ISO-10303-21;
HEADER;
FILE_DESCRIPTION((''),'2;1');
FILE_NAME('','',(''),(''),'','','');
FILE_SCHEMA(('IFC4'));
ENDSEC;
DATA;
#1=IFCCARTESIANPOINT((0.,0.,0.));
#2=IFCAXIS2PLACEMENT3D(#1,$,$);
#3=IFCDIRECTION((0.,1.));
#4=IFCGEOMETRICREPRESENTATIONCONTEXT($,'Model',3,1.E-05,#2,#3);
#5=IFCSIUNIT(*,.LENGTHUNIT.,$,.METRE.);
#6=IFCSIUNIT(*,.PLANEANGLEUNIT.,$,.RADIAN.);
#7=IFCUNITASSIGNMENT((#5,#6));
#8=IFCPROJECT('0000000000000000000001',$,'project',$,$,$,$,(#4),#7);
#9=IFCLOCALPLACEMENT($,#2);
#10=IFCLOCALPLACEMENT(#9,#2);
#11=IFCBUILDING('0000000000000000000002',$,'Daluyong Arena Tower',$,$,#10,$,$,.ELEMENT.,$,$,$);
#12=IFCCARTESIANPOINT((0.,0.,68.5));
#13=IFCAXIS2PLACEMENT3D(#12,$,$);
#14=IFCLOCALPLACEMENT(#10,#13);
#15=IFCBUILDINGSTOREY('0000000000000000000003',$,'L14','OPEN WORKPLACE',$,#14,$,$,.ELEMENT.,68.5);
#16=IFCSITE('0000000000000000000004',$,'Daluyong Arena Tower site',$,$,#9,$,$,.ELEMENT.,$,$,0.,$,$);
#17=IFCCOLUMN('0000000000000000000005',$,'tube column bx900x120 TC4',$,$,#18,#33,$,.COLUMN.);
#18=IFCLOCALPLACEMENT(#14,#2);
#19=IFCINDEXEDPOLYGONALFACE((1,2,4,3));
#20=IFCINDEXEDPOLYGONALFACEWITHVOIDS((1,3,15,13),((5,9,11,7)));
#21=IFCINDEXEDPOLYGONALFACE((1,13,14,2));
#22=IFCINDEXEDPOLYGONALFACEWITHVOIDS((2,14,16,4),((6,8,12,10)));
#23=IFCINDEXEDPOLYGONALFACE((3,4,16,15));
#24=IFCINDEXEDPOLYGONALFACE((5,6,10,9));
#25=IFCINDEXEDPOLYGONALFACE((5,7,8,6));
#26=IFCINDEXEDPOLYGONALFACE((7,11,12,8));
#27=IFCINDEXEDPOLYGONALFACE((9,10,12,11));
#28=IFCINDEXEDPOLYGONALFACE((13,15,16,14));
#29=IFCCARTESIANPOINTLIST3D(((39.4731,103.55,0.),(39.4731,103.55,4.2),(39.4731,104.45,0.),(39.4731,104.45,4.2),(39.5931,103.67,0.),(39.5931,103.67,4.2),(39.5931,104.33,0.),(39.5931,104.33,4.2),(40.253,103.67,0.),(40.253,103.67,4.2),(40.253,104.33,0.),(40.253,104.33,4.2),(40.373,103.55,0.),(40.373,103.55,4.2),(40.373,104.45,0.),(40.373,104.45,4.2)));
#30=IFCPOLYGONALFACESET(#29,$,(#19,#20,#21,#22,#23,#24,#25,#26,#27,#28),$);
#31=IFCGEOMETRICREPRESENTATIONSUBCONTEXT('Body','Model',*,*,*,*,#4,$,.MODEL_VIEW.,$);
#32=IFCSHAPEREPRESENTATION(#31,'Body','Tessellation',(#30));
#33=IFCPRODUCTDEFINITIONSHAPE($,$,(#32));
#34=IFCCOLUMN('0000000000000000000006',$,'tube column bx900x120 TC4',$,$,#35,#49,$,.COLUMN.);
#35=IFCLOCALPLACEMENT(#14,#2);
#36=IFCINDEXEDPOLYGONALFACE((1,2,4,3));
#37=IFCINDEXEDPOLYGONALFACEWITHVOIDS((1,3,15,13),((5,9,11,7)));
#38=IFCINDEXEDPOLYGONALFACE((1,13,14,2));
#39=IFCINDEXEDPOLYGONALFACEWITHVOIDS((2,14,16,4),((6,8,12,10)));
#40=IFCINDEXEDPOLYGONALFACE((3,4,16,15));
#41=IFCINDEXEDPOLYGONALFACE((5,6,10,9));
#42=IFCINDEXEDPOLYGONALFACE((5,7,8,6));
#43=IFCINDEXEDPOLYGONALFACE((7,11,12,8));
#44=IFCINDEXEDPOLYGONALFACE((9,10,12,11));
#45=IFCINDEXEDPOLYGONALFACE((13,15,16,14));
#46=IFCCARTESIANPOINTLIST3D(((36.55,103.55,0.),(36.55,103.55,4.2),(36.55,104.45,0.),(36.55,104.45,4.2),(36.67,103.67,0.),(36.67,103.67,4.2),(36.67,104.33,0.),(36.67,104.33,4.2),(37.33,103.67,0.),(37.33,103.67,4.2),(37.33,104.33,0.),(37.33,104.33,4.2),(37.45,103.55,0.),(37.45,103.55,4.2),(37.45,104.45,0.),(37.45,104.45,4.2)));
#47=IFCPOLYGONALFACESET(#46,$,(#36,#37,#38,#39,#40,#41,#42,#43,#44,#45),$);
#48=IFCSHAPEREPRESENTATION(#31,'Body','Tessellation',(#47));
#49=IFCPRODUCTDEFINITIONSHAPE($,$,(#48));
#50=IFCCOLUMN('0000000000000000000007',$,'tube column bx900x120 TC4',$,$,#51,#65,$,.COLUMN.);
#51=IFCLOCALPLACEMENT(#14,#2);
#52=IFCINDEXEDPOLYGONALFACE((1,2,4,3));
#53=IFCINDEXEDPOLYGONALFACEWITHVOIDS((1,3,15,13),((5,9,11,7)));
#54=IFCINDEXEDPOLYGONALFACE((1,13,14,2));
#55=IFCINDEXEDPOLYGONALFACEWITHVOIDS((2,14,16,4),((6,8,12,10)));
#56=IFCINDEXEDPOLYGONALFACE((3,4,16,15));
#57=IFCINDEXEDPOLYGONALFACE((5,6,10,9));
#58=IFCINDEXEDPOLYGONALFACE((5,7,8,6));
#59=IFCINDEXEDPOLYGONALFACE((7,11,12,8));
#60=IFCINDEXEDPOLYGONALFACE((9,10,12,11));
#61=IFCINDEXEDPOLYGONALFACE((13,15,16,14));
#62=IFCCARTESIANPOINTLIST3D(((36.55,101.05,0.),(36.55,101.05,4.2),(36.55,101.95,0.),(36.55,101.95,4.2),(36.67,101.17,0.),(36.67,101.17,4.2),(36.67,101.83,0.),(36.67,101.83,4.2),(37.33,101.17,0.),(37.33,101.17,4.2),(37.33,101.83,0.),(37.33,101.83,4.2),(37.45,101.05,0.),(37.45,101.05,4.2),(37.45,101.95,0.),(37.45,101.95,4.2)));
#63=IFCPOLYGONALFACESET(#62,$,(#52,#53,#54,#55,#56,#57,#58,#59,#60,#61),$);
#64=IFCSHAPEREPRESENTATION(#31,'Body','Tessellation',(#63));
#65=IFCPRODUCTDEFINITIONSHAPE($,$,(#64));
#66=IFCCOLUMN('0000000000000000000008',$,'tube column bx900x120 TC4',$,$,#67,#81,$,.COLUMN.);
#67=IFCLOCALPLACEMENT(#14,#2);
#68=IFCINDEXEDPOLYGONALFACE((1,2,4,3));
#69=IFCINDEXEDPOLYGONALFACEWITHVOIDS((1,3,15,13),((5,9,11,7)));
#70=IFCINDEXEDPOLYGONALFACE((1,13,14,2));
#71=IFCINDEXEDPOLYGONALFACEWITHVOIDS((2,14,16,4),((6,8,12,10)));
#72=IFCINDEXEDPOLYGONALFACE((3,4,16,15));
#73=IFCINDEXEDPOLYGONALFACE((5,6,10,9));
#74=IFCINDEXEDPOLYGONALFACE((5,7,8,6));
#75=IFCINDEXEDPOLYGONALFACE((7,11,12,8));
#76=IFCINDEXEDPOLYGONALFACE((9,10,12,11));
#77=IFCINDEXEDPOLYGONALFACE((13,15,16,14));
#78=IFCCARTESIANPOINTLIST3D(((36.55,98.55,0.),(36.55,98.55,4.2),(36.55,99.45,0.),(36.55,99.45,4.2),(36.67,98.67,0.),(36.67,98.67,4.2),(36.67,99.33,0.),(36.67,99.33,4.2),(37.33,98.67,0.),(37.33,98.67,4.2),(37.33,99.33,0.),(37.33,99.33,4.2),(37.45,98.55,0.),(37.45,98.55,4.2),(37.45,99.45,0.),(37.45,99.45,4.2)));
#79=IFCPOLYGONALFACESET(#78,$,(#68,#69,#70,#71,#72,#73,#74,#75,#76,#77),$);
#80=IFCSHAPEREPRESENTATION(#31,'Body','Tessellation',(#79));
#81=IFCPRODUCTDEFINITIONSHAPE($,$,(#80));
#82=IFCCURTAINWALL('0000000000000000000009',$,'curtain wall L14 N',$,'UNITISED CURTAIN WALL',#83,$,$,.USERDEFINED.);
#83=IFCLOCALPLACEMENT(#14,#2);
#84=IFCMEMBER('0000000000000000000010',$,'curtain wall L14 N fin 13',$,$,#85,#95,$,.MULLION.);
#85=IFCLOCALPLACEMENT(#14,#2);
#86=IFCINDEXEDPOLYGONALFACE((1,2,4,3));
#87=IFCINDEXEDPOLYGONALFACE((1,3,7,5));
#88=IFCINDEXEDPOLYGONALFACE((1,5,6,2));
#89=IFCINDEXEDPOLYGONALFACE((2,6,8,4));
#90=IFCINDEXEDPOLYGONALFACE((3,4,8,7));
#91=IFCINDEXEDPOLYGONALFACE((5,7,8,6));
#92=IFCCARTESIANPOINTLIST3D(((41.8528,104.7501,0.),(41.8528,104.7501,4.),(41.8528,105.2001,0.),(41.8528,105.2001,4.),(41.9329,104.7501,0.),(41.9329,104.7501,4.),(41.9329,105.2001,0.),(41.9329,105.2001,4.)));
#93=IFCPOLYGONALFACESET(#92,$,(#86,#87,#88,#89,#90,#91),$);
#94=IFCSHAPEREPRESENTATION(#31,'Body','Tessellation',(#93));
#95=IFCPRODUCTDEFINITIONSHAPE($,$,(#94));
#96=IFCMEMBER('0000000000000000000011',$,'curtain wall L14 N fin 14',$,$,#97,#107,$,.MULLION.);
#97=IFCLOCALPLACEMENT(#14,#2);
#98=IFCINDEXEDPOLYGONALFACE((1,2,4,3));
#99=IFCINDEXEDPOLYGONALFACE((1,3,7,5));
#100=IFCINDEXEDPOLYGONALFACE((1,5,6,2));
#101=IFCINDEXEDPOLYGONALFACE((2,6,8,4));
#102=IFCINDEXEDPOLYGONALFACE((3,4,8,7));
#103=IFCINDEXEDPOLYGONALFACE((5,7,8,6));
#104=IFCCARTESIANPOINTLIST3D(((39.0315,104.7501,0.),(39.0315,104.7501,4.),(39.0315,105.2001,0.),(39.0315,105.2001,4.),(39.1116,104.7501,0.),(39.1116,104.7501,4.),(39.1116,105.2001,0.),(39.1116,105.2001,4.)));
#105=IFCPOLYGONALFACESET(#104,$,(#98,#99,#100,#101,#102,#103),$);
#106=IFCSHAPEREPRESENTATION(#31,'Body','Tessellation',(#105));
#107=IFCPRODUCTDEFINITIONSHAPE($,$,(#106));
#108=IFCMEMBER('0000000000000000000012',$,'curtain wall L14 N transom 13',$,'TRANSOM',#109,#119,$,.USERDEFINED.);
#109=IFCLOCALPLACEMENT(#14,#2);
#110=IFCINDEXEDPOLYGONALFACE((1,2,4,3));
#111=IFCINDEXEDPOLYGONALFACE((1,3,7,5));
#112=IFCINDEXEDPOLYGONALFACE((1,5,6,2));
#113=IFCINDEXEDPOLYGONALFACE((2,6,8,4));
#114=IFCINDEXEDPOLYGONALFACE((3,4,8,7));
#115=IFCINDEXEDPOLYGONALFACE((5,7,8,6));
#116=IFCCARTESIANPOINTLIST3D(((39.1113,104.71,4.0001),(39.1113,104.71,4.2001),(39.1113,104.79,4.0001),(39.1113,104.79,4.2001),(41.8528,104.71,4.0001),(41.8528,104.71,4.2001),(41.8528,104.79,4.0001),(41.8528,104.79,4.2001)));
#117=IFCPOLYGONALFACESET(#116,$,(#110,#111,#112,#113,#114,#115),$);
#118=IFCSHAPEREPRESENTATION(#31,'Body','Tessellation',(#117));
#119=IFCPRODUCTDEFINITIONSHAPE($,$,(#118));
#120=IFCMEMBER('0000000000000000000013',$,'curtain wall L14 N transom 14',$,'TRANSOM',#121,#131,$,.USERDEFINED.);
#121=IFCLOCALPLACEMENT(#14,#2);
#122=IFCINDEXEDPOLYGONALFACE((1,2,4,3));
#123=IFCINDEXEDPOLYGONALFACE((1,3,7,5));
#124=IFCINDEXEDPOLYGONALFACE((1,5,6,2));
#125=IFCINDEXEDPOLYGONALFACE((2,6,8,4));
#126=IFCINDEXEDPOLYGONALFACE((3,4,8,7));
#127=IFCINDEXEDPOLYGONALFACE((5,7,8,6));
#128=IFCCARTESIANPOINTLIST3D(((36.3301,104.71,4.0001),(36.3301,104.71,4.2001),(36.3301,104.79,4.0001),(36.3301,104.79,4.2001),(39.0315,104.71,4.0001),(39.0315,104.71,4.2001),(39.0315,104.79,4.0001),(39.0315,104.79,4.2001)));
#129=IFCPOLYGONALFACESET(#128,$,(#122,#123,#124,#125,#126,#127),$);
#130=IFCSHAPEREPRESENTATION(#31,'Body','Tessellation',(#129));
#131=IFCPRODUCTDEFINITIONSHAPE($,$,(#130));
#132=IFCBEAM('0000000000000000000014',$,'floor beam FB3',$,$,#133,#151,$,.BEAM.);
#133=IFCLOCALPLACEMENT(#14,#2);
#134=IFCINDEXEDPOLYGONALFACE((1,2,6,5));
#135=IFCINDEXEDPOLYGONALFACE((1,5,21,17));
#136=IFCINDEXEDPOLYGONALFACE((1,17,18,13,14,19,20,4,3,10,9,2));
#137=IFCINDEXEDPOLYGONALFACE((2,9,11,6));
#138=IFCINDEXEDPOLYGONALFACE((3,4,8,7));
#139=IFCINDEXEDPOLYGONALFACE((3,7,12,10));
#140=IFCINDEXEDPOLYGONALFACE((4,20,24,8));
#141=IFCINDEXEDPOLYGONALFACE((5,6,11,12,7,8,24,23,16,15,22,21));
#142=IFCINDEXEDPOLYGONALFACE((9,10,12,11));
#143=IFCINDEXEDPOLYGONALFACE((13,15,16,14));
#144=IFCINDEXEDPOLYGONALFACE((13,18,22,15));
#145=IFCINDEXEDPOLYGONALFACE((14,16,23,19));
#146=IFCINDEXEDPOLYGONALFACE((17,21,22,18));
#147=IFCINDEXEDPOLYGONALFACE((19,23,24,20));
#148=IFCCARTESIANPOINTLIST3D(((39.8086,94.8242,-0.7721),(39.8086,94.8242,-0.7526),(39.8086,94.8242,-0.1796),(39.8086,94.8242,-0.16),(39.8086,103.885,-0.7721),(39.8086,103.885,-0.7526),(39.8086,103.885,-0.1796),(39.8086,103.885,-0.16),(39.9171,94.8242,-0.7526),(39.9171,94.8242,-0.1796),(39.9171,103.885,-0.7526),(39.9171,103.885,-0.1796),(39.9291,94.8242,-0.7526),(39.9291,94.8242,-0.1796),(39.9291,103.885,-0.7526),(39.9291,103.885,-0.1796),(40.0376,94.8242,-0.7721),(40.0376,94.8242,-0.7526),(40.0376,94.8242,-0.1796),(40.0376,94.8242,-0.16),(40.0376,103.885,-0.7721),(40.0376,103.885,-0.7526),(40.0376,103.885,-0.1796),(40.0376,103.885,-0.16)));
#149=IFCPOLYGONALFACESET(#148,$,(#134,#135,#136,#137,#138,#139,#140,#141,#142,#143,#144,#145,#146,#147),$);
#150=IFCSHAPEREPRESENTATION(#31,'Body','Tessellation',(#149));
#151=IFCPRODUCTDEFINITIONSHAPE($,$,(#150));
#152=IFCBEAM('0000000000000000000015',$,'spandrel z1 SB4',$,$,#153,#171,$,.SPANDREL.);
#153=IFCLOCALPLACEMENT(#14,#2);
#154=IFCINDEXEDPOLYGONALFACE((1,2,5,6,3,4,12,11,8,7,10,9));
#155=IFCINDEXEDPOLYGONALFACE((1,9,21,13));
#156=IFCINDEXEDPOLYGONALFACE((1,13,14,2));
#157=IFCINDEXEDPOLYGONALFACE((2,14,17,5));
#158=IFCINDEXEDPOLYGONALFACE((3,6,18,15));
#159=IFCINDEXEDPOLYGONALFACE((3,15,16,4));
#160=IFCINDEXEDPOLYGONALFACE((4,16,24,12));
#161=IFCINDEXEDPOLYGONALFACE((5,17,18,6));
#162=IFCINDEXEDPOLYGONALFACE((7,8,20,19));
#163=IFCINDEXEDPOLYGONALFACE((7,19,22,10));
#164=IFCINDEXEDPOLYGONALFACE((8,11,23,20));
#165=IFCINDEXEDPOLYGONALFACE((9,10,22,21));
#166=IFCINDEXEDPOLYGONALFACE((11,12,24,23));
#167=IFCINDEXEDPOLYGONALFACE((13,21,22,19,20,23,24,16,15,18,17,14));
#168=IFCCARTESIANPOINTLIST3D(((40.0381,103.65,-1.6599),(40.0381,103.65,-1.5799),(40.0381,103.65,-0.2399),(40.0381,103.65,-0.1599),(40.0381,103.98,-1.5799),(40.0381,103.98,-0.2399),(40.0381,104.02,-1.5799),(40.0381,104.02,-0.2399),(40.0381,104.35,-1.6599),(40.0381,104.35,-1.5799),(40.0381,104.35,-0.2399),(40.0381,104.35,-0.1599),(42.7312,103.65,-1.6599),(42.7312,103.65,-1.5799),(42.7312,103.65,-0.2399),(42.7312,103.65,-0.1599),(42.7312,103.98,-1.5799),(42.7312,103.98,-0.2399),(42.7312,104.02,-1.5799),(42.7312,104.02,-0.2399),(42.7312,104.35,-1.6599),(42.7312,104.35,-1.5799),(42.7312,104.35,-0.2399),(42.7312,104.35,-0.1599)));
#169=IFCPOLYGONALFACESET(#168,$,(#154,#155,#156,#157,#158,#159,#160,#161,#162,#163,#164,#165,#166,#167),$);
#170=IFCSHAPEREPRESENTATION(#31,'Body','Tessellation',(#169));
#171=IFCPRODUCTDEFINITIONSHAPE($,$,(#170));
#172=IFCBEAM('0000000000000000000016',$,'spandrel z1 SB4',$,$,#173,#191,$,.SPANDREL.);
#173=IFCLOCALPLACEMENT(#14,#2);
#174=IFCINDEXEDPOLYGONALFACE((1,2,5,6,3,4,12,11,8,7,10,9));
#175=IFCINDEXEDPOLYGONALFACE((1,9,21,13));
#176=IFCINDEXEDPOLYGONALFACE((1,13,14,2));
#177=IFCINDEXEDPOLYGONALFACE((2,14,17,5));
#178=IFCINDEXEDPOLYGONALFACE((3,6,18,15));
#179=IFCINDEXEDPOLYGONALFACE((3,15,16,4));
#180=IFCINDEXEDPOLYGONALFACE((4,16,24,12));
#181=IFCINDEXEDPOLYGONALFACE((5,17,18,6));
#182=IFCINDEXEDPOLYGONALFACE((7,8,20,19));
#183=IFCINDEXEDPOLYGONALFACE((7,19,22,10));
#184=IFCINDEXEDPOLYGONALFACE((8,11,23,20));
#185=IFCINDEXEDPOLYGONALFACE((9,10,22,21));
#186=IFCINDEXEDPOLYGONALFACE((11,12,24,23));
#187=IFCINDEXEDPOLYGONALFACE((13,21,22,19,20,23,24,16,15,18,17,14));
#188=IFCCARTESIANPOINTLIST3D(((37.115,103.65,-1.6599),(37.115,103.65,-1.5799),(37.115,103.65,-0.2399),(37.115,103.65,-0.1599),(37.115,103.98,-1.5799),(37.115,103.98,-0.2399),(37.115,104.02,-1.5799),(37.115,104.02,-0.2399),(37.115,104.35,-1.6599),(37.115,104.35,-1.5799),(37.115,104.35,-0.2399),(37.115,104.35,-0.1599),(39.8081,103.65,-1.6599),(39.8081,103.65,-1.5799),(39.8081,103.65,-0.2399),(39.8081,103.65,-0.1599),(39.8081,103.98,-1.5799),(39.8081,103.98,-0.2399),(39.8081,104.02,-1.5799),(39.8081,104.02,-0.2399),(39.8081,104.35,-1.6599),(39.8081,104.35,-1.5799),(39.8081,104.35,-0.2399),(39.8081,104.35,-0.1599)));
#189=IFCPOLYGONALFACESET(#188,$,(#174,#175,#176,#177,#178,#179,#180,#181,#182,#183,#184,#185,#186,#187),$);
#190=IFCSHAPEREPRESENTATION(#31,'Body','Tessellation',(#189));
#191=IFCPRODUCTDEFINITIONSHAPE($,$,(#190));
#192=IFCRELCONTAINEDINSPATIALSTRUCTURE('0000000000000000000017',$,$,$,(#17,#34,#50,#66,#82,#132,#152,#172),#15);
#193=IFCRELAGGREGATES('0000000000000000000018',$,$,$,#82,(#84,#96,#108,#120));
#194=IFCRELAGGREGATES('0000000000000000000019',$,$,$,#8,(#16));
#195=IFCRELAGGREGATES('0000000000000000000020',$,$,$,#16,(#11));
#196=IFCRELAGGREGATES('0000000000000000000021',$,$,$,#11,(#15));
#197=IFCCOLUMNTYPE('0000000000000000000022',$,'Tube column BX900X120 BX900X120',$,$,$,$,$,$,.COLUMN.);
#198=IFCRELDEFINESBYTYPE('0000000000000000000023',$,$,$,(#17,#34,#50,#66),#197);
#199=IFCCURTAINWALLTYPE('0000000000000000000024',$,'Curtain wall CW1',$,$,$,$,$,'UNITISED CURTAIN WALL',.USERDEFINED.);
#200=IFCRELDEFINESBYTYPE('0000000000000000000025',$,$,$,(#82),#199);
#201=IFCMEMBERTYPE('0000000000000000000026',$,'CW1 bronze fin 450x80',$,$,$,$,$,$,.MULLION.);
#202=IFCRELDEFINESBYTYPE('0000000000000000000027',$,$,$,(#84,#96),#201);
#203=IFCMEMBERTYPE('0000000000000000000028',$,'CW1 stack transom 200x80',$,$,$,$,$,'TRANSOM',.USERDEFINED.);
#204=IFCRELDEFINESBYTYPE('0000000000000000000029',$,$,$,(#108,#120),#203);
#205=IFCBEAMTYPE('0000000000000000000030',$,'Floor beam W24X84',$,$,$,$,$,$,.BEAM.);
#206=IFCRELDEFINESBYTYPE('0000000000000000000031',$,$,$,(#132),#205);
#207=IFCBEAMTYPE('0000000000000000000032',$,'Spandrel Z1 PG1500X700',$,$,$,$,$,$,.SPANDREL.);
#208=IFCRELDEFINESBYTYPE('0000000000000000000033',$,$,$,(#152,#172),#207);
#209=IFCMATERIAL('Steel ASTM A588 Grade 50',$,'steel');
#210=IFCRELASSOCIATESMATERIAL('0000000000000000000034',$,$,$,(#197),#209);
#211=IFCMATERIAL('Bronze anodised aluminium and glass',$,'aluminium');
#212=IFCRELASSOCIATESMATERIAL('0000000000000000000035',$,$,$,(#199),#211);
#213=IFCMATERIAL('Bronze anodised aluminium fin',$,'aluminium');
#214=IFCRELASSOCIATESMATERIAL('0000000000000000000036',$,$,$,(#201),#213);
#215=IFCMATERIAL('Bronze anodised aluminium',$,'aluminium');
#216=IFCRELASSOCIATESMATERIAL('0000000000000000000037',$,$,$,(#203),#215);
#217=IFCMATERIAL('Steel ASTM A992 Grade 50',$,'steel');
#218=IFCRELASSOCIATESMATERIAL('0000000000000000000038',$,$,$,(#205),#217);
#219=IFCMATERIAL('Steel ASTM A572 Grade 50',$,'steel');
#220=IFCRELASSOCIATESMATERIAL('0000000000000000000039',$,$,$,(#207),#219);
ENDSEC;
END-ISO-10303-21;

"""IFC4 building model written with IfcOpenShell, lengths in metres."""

from ifc_helpers import new_model, si_unit, direction, frame, origin, origin_2d, place, context, subcontext, project, spatial, rectangle, hollow_rectangle, i_section, extrude, material, material_profile, profile_set, type_object, element, aggregate, save


model = new_model("IFC4")

# Units and contexts
model_context = context("Model", 3, precision=1e-05, world=origin(), true_north=direction((0.0, 1.0)))
body_context = subcontext(model_context, "Body", "Model", "MODEL_VIEW")
ifc_project = project(units=[si_unit("LENGTHUNIT", "METRE"), si_unit("PLANEANGLEUNIT", "RADIAN")], contexts=[model_context])

# Site, building, storey
site_placement = place(None, origin())
site = spatial("IfcSite", under=ifc_project, at=site_placement, Name="Daluyong Arena Tower site", CompositionType="ELEMENT", RefElevation=0.0)
building_placement = place(site_placement, origin())
building = spatial("IfcBuilding", under=site, at=building_placement, Name="Daluyong Arena Tower", CompositionType="ELEMENT")
storey_placement = place(building_placement, frame((0.0, 0.0, 68.5)))
storey = spatial("IfcBuildingStorey", under=building, at=storey_placement, Name="L14", Description="OPEN WORKPLACE", CompositionType="ELEMENT", Elevation=68.5)

# Columns
ifc_material_1 = material(Name="Steel ASTM A588 Grade 50", Category="steel")
ifc_material_profile_1 = material_profile(ifc_material_1, hollow_rectangle(XDim=0.8999, YDim=0.8999, WallThickness=0.12, at=origin_2d()))
ifc_profile_set_1 = profile_set([ifc_material_profile_1], Name="Steel ASTM A588 Grade 50")
column_type = type_object("IfcColumnType", Name="Tube column BX900X120 BX900X120", PredefinedType="COLUMN", material=ifc_profile_set_1)
for number, where, z_axis, x_axis, name in (
    (1, (39.9231, 104.0, 0.0), (0.0, 0.0, 1.0), (1.0, 0.0, 0.0), "tube column bx900x120 TC4"),
    (2, (37.0, 104.0, 0.0), (0.0, 0.0, 1.0), (0.0, 1.0, 0.0), "tube column bx900x120 TC4"),
    (3, (37.0, 101.5, 0.0), (0.0, 0.0, 1.0), (0.0, 1.0, 0.0), "tube column bx900x120 TC4"),
    (4, (37.0, 99.0, 0.0), (0.0, 0.0, 1.0), (1.0, 0.0, 0.0), "tube column bx900x120 TC4"),
):
    element("IfcColumn", number, at=place(storey_placement, frame(where, z_axis=z_axis, x_axis=x_axis)), inside=storey, type_object=column_type, Name=name, PredefinedType="COLUMN", context=body_context, shape_type="SweptSolid", body=[
        extrude(hollow_rectangle(XDim=0.8999, YDim=0.8999, WallThickness=0.12, at=origin_2d()), origin(), (0.0, 0.0, 1.0), 4.2),
    ])

# Curtain wall, members
ifc_material_2 = material(Name="Bronze anodised aluminium and glass", Category="aluminium")
curtain_wall_type = type_object("IfcCurtainWallType", Name="Curtain wall CW1", ElementType="UNITISED CURTAIN WALL", PredefinedType="USERDEFINED", material=ifc_material_2)
curtain_wall_placement = place(storey_placement, origin())
curtain_wall = element("IfcCurtainWall", 5, at=curtain_wall_placement, inside=storey, type_object=curtain_wall_type, Name="curtain wall L14 N", ObjectType="UNITISED CURTAIN WALL", PredefinedType="USERDEFINED")
ifc_material_3 = material(Name="Bronze anodised aluminium fin", Category="aluminium")
ifc_material_profile_2 = material_profile(ifc_material_3, rectangle(XDim=0.45, YDim=0.0801, at=origin_2d()))
ifc_profile_set_2 = profile_set([ifc_material_profile_2], Name="Bronze anodised aluminium fin")
member_type_1 = type_object("IfcMemberType", Name="CW1 bronze fin 450x80", PredefinedType="MULLION", material=ifc_profile_set_2)
member_1_placement = place(storey_placement, frame((41.8928, 104.9751, 0.0), z_axis=(0.0, 0.0, 1.0), x_axis=(0.0, -1.0, 0.0)))
member_1 = element("IfcMember", 6, at=member_1_placement, type_object=member_type_1, Name="curtain wall L14 N fin 13", PredefinedType="MULLION", context=body_context, shape_type="SweptSolid", body=[
    extrude(rectangle(XDim=0.45, YDim=0.0801, at=origin_2d()), origin(), (0.0, 0.0, 1.0), 4.0),
])
member_2_placement = place(storey_placement, frame((39.0715, 104.9751, 0.0), z_axis=(0.0, 0.0, 1.0), x_axis=(0.0, -1.0, 0.0)))
member_2 = element("IfcMember", 7, at=member_2_placement, type_object=member_type_1, Name="curtain wall L14 N fin 14", PredefinedType="MULLION", context=body_context, shape_type="SweptSolid", body=[
    extrude(rectangle(XDim=0.45, YDim=0.0801, at=origin_2d()), origin(), (0.0, 0.0, 1.0), 4.0),
])
ifc_material_4 = material(Name="Bronze anodised aluminium", Category="aluminium")
ifc_material_profile_3 = material_profile(ifc_material_4, rectangle(XDim=0.0801, YDim=0.2, at=origin_2d()))
ifc_profile_set_3 = profile_set([ifc_material_profile_3], Name="Bronze anodised aluminium")
member_type_2 = type_object("IfcMemberType", Name="CW1 stack transom 200x80", ElementType="TRANSOM", PredefinedType="USERDEFINED", material=ifc_profile_set_3)
member_3_placement = place(storey_placement, frame((41.8528, 104.75, 4.1001), z_axis=(-1.0, 0.0, 0.0), x_axis=(0.0, -1.0, 0.0)))
member_3 = element("IfcMember", 8, at=member_3_placement, type_object=member_type_2, Name="curtain wall L14 N transom 13", ObjectType="TRANSOM", PredefinedType="USERDEFINED", context=body_context, shape_type="SweptSolid", body=[
    extrude(rectangle(XDim=0.0801, YDim=0.2, at=origin_2d()), origin(), (0.0, 0.0, 1.0), 2.7415),
])
member_4_placement = place(storey_placement, frame((39.0315, 104.75, 4.1001), z_axis=(-1.0, 0.0, 0.0), x_axis=(0.0, -1.0, 0.0)))
member_4 = element("IfcMember", 9, at=member_4_placement, type_object=member_type_2, Name="curtain wall L14 N transom 14", ObjectType="TRANSOM", PredefinedType="USERDEFINED", context=body_context, shape_type="SweptSolid", body=[
    extrude(rectangle(XDim=0.0801, YDim=0.2, at=origin_2d()), origin(), (0.0, 0.0, 1.0), 2.7014),
])

# Beams
ifc_material_5 = material(Name="Steel ASTM A992 Grade 50", Category="steel")
ifc_material_profile_4 = material_profile(ifc_material_5, i_section(OverallWidth=0.229, OverallDepth=0.6121, WebThickness=0.012, FlangeThickness=0.0195, at=origin_2d()))
ifc_profile_set_4 = profile_set([ifc_material_profile_4], Name="Steel ASTM A992 Grade 50")
beam_type_1 = type_object("IfcBeamType", Name="Floor beam W24X84", PredefinedType="BEAM", material=ifc_profile_set_4)
beam_placement = place(storey_placement, frame((39.9231, 103.885, -0.4661), z_axis=(0.0, -1.0, 0.0), x_axis=(1.0, 0.0, 0.0)))
element("IfcBeam", 10, at=beam_placement, inside=storey, type_object=beam_type_1, Name="floor beam FB3", PredefinedType="BEAM", context=body_context, shape_type="SweptSolid", body=[
    extrude(i_section(OverallWidth=0.229, OverallDepth=0.6121, WebThickness=0.012, FlangeThickness=0.0195, at=origin_2d()), origin(), (0.0, 0.0, 1.0), 9.0608),
])
ifc_material_6 = material(Name="Steel ASTM A572 Grade 50", Category="steel")
ifc_material_profile_5 = material_profile(ifc_material_6, i_section(OverallWidth=0.7, OverallDepth=1.5, WebThickness=0.04, FlangeThickness=0.08, at=origin_2d()))
ifc_profile_set_5 = profile_set([ifc_material_profile_5], Name="Steel ASTM A572 Grade 50")
beam_type_2 = type_object("IfcBeamType", Name="Spandrel Z1 PG1500X700", PredefinedType="SPANDREL", material=ifc_profile_set_5)
for number, where, z_axis, x_axis, name in (
    (11, (42.7312, 104.0, -0.9099), (-1.0, 0.0, 0.0), (0.0, -1.0, 0.0), "spandrel z1 SB4"),
    (12, (39.8081, 104.0, -0.9099), (-1.0, 0.0, 0.0), (0.0, -1.0, 0.0), "spandrel z1 SB4"),
):
    element("IfcBeam", number, at=place(storey_placement, frame(where, z_axis=z_axis, x_axis=x_axis)), inside=storey, type_object=beam_type_2, Name=name, PredefinedType="SPANDREL", context=body_context, shape_type="SweptSolid", body=[
        extrude(i_section(OverallWidth=0.7, OverallDepth=1.5, WebThickness=0.04, FlangeThickness=0.08, at=origin_2d()), origin(), (0.0, 0.0, 1.0), 2.6931),
    ])

aggregate(curtain_wall, [member_1, member_2, member_3, member_4])

save(model, "model.ifc")
